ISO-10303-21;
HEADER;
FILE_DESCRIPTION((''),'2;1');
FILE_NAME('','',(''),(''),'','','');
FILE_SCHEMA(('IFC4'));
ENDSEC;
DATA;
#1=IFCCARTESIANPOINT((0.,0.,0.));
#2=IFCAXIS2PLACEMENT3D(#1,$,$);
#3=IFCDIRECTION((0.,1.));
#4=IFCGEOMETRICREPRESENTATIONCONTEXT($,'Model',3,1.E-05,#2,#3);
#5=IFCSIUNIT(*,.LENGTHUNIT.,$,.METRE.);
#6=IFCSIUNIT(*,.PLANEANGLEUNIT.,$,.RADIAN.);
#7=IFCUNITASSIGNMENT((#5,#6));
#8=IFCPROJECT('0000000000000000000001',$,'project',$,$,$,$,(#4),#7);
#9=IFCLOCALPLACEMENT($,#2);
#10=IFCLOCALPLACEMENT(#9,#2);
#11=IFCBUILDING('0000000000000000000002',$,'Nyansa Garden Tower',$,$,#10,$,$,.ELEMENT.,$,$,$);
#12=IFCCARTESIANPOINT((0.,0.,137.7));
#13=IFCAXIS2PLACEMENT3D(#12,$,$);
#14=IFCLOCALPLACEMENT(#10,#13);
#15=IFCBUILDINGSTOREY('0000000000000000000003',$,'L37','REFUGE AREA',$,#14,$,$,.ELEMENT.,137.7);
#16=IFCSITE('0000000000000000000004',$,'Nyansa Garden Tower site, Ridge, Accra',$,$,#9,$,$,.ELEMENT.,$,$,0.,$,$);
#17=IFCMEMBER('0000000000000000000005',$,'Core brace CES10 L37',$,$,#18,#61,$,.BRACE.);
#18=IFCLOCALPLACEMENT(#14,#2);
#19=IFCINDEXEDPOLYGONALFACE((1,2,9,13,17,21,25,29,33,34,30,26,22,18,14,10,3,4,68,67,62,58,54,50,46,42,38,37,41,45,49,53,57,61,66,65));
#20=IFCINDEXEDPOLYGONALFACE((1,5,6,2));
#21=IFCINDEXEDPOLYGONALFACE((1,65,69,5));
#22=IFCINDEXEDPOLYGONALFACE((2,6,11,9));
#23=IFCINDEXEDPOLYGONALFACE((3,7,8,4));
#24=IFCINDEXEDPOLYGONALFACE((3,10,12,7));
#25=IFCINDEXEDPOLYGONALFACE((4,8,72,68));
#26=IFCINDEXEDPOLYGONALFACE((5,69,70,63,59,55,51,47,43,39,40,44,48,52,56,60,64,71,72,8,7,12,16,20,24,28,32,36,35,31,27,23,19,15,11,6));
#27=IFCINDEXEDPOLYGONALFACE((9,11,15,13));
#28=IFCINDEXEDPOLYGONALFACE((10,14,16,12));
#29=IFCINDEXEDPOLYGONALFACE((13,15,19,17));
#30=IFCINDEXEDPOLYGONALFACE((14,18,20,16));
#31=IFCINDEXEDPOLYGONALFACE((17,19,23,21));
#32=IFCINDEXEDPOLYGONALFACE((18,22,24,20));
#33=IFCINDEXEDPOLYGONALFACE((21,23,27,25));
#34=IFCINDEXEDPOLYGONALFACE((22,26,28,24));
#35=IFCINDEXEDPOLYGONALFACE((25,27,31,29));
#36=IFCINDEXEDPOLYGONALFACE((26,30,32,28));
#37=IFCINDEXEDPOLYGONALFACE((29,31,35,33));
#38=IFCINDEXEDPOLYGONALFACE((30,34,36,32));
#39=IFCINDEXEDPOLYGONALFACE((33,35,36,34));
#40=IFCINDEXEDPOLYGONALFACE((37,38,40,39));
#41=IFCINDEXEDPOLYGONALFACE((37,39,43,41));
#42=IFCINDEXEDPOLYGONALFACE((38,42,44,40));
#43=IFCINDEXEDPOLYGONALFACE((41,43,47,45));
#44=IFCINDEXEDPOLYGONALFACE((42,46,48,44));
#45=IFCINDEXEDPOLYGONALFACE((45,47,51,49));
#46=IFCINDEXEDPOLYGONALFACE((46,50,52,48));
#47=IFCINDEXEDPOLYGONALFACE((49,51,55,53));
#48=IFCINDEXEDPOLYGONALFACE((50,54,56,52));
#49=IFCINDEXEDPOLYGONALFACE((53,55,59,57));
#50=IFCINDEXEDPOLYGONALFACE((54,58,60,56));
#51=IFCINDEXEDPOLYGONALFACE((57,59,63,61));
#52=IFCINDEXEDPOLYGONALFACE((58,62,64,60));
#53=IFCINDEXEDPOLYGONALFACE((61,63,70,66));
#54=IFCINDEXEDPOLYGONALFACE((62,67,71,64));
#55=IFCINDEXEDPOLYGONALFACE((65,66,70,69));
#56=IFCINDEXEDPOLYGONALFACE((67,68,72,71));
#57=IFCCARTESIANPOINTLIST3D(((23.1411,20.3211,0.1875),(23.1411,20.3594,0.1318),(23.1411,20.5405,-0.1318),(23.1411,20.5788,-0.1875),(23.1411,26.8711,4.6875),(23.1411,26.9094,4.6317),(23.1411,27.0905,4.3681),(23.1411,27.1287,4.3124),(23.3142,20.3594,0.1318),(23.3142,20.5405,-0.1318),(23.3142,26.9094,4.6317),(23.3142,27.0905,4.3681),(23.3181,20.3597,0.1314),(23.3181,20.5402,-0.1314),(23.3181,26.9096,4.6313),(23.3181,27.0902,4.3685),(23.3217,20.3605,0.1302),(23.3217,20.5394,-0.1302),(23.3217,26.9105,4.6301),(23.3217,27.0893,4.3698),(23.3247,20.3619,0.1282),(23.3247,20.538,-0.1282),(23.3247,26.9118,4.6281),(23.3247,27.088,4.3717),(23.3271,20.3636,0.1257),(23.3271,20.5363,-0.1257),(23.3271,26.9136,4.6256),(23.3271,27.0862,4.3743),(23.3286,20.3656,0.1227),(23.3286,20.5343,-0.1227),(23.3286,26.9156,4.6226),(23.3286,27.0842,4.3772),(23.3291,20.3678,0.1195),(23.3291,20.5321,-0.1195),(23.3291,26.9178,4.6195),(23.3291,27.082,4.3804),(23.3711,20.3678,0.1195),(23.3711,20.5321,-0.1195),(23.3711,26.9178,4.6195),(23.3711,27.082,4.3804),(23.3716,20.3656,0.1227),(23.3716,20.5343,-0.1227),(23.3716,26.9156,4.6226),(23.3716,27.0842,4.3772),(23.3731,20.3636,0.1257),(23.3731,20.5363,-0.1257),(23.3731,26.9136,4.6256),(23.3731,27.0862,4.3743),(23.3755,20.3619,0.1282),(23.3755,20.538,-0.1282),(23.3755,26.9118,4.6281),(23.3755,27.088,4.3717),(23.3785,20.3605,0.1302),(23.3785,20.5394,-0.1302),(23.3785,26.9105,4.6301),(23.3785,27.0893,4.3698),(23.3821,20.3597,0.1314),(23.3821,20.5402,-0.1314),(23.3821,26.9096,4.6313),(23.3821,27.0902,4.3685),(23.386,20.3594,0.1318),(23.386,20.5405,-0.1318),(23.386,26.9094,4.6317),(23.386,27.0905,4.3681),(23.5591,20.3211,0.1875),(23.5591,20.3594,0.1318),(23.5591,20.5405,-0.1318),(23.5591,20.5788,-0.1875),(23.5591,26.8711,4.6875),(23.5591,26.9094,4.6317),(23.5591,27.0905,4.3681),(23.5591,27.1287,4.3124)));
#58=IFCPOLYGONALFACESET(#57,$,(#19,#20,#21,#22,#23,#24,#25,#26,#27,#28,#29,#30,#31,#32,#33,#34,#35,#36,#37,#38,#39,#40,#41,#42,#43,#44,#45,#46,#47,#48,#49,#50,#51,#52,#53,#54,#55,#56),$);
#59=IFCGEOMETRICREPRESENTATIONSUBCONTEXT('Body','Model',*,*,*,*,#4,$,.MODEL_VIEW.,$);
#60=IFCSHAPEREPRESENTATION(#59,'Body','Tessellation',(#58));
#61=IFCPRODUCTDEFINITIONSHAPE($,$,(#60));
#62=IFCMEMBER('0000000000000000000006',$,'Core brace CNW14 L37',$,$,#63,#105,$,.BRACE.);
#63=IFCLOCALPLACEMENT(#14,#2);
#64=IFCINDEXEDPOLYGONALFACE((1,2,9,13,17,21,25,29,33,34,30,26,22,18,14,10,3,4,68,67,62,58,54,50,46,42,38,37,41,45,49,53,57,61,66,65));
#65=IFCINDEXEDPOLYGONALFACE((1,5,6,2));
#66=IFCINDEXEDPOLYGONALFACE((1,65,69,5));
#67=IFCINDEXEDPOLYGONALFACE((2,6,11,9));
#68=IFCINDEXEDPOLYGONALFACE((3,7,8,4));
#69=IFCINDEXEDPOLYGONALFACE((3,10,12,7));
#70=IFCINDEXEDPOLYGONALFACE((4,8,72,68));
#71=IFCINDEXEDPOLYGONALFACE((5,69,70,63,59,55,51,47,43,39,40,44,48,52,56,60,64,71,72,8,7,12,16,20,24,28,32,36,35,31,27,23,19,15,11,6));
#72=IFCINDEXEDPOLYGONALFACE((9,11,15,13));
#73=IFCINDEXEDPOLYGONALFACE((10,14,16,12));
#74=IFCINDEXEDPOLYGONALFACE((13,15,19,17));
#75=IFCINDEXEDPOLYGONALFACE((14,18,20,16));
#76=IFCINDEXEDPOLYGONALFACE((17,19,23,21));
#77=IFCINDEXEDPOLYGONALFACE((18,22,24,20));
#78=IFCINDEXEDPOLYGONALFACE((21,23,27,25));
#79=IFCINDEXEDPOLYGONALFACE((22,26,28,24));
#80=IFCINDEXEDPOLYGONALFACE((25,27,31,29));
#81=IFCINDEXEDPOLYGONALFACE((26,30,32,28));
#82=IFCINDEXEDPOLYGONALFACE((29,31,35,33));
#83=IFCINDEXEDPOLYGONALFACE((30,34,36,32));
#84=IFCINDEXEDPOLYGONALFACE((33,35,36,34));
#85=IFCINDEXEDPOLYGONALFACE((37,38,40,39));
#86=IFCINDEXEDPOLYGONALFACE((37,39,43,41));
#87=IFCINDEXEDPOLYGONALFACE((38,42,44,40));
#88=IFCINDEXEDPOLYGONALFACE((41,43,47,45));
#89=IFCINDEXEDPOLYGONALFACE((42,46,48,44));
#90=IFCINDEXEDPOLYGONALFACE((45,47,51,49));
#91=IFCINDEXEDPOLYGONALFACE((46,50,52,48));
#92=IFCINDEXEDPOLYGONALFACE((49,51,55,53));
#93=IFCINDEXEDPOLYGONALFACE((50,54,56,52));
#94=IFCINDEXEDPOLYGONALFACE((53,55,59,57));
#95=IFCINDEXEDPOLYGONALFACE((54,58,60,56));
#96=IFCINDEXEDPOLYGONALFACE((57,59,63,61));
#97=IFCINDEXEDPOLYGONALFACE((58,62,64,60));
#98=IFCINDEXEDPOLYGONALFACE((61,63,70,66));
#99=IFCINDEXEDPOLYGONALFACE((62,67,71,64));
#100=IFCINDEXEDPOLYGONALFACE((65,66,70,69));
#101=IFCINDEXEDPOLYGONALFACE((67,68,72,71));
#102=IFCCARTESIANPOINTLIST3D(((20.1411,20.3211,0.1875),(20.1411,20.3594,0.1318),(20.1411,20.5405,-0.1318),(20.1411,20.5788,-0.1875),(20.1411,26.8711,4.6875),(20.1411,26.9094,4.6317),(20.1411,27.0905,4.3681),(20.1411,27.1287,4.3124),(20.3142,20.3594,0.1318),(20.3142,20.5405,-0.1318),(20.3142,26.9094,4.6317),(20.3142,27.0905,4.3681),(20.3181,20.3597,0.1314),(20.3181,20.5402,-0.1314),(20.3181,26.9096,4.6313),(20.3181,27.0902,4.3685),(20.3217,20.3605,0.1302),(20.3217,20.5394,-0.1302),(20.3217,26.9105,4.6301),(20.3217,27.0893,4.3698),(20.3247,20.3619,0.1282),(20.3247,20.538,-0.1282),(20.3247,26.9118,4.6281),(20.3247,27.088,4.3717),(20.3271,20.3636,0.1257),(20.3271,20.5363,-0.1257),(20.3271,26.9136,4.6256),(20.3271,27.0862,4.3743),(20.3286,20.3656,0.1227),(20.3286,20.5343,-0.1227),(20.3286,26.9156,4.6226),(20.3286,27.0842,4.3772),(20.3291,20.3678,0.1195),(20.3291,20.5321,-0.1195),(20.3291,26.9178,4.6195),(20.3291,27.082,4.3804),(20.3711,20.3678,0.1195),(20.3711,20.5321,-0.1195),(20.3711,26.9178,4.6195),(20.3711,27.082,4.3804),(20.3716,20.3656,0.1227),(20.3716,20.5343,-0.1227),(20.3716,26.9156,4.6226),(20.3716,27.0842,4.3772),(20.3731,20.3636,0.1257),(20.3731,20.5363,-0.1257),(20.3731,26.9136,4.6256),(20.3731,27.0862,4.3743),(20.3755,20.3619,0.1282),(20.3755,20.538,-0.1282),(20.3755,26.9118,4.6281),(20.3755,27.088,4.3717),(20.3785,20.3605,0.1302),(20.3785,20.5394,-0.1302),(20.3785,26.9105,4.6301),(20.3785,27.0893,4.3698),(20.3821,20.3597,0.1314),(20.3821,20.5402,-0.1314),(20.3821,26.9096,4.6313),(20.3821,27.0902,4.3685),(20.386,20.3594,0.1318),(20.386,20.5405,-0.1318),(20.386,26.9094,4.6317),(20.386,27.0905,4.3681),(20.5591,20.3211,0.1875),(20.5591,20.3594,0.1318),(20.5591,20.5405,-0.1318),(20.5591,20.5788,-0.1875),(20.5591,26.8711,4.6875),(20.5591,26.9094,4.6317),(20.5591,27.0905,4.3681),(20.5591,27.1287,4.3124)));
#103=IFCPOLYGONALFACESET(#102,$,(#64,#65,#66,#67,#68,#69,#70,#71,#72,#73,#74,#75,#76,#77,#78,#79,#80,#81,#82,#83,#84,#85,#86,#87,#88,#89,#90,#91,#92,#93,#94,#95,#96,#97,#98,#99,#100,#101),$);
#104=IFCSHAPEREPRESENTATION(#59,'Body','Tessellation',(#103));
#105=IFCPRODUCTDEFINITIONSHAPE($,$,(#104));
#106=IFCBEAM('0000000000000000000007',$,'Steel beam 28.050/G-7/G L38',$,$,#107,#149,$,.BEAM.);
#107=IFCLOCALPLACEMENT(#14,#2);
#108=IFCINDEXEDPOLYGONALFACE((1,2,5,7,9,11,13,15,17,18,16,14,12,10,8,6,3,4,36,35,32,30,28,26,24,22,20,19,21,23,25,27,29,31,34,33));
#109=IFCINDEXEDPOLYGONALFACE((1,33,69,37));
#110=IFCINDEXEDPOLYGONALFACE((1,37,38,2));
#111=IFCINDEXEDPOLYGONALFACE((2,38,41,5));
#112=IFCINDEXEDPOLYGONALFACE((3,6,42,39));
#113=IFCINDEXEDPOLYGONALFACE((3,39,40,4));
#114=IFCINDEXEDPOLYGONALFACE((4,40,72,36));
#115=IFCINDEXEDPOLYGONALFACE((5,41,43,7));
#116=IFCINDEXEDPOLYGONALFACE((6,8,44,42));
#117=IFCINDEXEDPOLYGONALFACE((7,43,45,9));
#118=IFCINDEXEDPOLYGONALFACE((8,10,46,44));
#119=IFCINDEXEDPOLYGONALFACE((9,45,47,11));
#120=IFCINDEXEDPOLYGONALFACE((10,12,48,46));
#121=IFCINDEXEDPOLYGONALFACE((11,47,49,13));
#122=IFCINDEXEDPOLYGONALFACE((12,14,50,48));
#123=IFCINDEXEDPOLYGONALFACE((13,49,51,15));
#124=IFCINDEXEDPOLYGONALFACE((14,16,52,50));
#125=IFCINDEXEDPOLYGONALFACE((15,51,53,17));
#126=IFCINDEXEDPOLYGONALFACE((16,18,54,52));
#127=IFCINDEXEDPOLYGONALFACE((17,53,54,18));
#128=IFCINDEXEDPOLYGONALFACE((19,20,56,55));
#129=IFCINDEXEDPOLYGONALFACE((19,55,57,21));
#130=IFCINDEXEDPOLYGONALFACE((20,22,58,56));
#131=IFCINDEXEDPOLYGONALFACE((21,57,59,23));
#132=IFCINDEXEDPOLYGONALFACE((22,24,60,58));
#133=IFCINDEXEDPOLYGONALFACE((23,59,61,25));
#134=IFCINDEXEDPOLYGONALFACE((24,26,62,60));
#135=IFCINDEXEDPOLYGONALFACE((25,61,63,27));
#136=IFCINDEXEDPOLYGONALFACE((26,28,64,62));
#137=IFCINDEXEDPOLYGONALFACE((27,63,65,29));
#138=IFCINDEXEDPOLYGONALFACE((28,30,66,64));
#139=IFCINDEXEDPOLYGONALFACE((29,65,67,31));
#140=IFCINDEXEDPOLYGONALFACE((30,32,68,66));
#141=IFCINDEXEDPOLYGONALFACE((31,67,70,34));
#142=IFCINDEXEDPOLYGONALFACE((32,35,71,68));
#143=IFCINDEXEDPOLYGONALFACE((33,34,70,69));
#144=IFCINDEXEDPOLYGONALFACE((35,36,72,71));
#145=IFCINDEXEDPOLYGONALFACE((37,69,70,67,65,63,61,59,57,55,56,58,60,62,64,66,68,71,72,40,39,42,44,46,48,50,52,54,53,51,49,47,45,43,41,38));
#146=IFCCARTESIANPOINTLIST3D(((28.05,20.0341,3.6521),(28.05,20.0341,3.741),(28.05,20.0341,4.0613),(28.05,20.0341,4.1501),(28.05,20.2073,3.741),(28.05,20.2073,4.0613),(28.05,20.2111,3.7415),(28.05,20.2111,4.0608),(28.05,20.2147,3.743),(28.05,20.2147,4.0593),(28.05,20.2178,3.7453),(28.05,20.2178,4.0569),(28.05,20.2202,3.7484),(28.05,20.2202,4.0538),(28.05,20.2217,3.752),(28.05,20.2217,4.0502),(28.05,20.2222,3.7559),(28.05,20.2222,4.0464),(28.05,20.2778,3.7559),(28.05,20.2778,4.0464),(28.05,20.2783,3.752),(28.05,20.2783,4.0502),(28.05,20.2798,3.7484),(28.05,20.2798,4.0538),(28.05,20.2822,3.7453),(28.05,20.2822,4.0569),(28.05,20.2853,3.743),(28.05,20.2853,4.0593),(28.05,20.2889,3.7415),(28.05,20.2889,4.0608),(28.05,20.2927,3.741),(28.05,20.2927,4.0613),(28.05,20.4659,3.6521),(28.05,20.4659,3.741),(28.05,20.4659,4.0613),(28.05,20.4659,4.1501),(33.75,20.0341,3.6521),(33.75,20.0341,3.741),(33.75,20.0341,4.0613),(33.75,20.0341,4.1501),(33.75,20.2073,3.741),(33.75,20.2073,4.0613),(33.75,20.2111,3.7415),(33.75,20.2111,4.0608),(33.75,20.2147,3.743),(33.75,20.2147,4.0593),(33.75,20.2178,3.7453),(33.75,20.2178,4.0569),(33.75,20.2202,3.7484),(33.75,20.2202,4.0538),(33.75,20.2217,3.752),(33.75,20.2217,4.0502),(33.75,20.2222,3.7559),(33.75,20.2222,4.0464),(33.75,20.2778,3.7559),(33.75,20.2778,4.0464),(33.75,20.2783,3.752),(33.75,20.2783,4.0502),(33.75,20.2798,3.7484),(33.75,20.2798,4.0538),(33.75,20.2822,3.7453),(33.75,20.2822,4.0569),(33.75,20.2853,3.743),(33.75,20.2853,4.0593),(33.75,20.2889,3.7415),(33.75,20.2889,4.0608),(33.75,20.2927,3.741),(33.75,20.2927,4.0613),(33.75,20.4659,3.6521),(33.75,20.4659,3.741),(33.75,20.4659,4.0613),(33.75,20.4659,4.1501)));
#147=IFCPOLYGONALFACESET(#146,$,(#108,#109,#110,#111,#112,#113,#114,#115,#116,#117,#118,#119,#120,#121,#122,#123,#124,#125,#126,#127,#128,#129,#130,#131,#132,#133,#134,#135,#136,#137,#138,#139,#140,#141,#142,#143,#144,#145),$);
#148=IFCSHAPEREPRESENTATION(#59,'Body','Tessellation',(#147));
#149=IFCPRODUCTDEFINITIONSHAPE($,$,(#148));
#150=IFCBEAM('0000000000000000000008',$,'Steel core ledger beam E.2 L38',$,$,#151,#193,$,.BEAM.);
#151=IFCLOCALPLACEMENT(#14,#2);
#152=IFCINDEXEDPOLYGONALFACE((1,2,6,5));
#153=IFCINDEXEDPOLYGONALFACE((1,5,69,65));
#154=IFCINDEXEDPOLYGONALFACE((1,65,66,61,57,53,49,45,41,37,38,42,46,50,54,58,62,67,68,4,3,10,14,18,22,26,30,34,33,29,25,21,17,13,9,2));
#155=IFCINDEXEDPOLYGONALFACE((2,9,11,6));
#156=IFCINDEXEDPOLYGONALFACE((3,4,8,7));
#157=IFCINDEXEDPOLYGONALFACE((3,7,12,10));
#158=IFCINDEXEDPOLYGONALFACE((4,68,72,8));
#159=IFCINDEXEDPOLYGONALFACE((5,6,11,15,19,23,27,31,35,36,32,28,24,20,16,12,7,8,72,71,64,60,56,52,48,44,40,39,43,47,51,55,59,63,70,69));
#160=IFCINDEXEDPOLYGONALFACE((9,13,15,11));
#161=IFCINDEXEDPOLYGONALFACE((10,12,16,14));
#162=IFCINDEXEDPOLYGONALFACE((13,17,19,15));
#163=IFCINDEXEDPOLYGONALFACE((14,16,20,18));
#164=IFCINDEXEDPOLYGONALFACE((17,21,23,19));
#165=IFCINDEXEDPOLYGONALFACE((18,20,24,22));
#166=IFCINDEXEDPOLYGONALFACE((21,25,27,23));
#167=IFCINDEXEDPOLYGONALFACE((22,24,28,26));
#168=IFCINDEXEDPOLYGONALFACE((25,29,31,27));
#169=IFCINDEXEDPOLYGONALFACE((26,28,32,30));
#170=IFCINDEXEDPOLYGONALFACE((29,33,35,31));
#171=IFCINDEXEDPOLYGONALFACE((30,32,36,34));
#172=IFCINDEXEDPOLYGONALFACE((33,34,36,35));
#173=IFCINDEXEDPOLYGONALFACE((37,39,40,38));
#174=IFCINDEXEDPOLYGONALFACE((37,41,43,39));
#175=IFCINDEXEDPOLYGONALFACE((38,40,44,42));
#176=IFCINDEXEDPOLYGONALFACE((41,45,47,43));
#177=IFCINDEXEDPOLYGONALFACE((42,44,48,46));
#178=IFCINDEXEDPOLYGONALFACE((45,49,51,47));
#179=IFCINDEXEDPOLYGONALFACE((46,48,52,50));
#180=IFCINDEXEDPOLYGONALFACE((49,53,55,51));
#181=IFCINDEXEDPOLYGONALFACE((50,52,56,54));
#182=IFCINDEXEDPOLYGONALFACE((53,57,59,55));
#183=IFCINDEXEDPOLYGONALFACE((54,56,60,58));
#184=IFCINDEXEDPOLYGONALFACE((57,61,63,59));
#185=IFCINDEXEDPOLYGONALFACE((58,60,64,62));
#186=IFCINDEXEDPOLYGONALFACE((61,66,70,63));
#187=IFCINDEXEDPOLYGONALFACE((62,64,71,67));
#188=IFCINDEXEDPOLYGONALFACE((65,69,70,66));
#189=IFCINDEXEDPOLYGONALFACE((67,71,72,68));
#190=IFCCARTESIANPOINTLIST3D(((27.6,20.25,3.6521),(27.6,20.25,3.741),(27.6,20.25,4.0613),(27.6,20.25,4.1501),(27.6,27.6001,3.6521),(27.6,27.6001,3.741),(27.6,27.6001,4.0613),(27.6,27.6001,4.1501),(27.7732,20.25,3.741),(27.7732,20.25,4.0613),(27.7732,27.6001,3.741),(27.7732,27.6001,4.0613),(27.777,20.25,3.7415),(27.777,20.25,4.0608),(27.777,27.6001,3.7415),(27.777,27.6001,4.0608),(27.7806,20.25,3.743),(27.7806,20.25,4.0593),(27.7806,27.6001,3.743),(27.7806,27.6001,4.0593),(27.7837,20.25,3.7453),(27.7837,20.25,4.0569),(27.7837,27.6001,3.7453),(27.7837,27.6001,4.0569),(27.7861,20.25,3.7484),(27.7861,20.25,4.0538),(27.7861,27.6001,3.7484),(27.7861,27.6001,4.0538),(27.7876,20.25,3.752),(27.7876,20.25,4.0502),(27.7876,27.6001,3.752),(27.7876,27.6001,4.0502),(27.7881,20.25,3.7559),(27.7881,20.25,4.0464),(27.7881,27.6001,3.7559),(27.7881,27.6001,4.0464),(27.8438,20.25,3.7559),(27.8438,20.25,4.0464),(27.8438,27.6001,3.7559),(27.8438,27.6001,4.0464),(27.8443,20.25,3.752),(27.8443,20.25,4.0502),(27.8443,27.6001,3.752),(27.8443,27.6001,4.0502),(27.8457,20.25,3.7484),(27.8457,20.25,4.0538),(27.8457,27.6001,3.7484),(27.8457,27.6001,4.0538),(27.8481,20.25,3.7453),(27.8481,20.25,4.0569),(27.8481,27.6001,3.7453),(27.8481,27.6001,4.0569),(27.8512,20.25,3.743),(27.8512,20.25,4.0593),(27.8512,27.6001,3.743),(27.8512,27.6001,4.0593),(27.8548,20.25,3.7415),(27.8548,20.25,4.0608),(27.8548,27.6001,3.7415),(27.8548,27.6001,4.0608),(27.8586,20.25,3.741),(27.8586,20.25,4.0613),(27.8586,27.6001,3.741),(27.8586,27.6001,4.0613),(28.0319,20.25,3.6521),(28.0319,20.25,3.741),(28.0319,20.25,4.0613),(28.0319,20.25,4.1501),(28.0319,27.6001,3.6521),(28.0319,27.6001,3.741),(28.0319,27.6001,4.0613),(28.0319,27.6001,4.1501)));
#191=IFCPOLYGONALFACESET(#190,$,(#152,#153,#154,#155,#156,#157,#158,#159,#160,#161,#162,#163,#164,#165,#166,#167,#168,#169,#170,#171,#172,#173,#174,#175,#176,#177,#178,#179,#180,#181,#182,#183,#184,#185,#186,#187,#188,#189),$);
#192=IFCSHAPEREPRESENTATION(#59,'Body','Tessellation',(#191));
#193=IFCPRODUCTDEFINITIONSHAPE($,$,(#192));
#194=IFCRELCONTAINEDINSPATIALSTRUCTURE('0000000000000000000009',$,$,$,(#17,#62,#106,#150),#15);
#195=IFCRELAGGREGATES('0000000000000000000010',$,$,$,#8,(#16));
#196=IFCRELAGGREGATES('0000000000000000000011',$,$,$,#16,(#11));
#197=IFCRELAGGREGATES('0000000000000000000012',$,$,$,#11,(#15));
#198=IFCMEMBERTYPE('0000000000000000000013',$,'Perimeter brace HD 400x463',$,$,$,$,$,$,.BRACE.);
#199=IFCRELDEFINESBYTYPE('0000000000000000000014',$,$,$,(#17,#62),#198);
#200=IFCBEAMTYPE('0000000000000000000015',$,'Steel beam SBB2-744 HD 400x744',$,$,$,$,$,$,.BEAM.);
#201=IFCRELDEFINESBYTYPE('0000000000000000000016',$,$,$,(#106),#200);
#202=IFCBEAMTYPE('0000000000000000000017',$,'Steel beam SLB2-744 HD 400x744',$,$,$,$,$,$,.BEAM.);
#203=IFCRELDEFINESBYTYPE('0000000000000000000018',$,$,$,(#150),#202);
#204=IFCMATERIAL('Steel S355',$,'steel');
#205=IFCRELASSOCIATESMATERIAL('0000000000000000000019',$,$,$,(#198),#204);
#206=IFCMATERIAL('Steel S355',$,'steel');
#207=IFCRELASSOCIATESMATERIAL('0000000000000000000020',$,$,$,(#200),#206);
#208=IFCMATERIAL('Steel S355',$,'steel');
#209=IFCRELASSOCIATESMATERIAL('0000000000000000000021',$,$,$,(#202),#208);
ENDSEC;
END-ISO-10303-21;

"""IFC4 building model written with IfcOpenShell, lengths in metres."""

from ifc_helpers import new_model, si_unit, direction, frame, origin, origin_2d, place, context, subcontext, project, spatial, i_section, extrude, material, material_profile, profile_set, type_object, element, save


model = new_model("IFC4")

# Units and contexts
model_context = context("Model", 3, precision=1e-05, world=origin(), true_north=direction((0.0, 1.0)))
body_context = subcontext(model_context, "Body", "Model", "MODEL_VIEW")
ifc_project = project(units=[si_unit("LENGTHUNIT", "METRE"), si_unit("PLANEANGLEUNIT", "RADIAN")], contexts=[model_context])

# Site, building, storey
site_placement = place(None, origin())
site = spatial("IfcSite", under=ifc_project, at=site_placement, Name="Nyansa Garden Tower site, Ridge, Accra", CompositionType="ELEMENT", RefElevation=0.0)
building_placement = place(site_placement, origin())
building = spatial("IfcBuilding", under=site, at=building_placement, Name="Nyansa Garden Tower", CompositionType="ELEMENT")
storey_placement = place(building_placement, frame((0.0, 0.0, 137.7)))
storey = spatial("IfcBuildingStorey", under=building, at=storey_placement, Name="L37", Description="REFUGE AREA", CompositionType="ELEMENT", Elevation=137.7)

# Members
ifc_material_1 = material(Name="Steel S355", Category="steel")
ifc_material_profile_1 = material_profile(ifc_material_1, i_section(OverallWidth=0.418, OverallDepth=0.4551, WebThickness=0.042, FlangeThickness=0.0676, FilletRadius=0.0149, at=origin_2d()), Name="HD 400x463")
ifc_profile_set_1 = profile_set([ifc_material_profile_1], Name="Steel S355")
member_type_1 = type_object("IfcMemberType", Name="Perimeter brace HD 400x463", PredefinedType="BRACE", material=ifc_profile_set_1)
for number, where, z_axis, x_axis, name in (
    (1, (23.3501, 20.45, 0.0), (0.0, 0.824227, 0.566259), (-1.0, 0.0, 0.0), "Core brace CES10 L37"),
    (2, (20.3501, 20.45, 0.0), (0.0, 0.824227, 0.566259), (-1.0, 0.0, 0.0), "Core brace CNW14 L37"),
):
    element("IfcMember", number, at=place(storey_placement, frame(where, z_axis=z_axis, x_axis=x_axis)), inside=storey, type_object=member_type_1, Name=name, PredefinedType="BRACE", context=body_context, shape_type="SweptSolid", body=[
        extrude(i_section(OverallWidth=0.418, OverallDepth=0.4551, WebThickness=0.042, FlangeThickness=0.0676, FilletRadius=0.0149, at=origin_2d()), origin(), (0.0, 0.0, 1.0), 7.9468),
    ])

# Beams
ifc_material_2 = material(Name="Steel S355", Category="steel")
ifc_material_profile_2 = material_profile(ifc_material_2, i_section(OverallWidth=0.4319, OverallDepth=0.498, WebThickness=0.0557, FlangeThickness=0.0889, FilletRadius=0.0149, at=origin_2d()), Name="HD 400x744")
ifc_profile_set_2 = profile_set([ifc_material_profile_2], Name="Steel S355")
beam_type_1 = type_object("IfcBeamType", Name="Steel beam SBB2-744 HD 400x744", PredefinedType="BEAM", material=ifc_profile_set_2)
beam_1_placement = place(storey_placement, frame((28.05, 20.25, 3.9011), z_axis=(1.0, 0.0, 0.0), x_axis=(0.0, 1.0, 0.0)))
element("IfcBeam", 3, at=beam_1_placement, inside=storey, type_object=beam_type_1, Name="Steel beam 28.050/G-7/G L38", PredefinedType="BEAM", context=body_context, shape_type="SweptSolid", body=[
    extrude(i_section(OverallWidth=0.4319, OverallDepth=0.498, WebThickness=0.0557, FlangeThickness=0.0889, FilletRadius=0.0149, at=origin_2d()), origin(), (0.0, 0.0, 1.0), 5.7),
])
ifc_material_3 = material(Name="Steel S355", Category="steel")
ifc_material_profile_3 = material_profile(ifc_material_3, i_section(OverallWidth=0.4319, OverallDepth=0.498, WebThickness=0.0557, FlangeThickness=0.0889, FilletRadius=0.0149, at=origin_2d()), Name="HD 400x744")
ifc_profile_set_3 = profile_set([ifc_material_profile_3], Name="Steel S355")
beam_type_2 = type_object("IfcBeamType", Name="Steel beam SLB2-744 HD 400x744", PredefinedType="BEAM", material=ifc_profile_set_3)
beam_2_placement = place(storey_placement, frame((27.8159, 20.25, 3.9011), z_axis=(0.0, 1.0, 0.0), x_axis=(-1.0, 0.0, 0.0)))
element("IfcBeam", 4, at=beam_2_placement, inside=storey, type_object=beam_type_2, Name="Steel core ledger beam E.2 L38", PredefinedType="BEAM", context=body_context, shape_type="SweptSolid", body=[
    extrude(i_section(OverallWidth=0.4319, OverallDepth=0.498, WebThickness=0.0557, FlangeThickness=0.0889, FilletRadius=0.0149, at=origin_2d()), origin(), (0.0, 0.0, 1.0), 7.3501),
])

save(model, "model.ifc")
